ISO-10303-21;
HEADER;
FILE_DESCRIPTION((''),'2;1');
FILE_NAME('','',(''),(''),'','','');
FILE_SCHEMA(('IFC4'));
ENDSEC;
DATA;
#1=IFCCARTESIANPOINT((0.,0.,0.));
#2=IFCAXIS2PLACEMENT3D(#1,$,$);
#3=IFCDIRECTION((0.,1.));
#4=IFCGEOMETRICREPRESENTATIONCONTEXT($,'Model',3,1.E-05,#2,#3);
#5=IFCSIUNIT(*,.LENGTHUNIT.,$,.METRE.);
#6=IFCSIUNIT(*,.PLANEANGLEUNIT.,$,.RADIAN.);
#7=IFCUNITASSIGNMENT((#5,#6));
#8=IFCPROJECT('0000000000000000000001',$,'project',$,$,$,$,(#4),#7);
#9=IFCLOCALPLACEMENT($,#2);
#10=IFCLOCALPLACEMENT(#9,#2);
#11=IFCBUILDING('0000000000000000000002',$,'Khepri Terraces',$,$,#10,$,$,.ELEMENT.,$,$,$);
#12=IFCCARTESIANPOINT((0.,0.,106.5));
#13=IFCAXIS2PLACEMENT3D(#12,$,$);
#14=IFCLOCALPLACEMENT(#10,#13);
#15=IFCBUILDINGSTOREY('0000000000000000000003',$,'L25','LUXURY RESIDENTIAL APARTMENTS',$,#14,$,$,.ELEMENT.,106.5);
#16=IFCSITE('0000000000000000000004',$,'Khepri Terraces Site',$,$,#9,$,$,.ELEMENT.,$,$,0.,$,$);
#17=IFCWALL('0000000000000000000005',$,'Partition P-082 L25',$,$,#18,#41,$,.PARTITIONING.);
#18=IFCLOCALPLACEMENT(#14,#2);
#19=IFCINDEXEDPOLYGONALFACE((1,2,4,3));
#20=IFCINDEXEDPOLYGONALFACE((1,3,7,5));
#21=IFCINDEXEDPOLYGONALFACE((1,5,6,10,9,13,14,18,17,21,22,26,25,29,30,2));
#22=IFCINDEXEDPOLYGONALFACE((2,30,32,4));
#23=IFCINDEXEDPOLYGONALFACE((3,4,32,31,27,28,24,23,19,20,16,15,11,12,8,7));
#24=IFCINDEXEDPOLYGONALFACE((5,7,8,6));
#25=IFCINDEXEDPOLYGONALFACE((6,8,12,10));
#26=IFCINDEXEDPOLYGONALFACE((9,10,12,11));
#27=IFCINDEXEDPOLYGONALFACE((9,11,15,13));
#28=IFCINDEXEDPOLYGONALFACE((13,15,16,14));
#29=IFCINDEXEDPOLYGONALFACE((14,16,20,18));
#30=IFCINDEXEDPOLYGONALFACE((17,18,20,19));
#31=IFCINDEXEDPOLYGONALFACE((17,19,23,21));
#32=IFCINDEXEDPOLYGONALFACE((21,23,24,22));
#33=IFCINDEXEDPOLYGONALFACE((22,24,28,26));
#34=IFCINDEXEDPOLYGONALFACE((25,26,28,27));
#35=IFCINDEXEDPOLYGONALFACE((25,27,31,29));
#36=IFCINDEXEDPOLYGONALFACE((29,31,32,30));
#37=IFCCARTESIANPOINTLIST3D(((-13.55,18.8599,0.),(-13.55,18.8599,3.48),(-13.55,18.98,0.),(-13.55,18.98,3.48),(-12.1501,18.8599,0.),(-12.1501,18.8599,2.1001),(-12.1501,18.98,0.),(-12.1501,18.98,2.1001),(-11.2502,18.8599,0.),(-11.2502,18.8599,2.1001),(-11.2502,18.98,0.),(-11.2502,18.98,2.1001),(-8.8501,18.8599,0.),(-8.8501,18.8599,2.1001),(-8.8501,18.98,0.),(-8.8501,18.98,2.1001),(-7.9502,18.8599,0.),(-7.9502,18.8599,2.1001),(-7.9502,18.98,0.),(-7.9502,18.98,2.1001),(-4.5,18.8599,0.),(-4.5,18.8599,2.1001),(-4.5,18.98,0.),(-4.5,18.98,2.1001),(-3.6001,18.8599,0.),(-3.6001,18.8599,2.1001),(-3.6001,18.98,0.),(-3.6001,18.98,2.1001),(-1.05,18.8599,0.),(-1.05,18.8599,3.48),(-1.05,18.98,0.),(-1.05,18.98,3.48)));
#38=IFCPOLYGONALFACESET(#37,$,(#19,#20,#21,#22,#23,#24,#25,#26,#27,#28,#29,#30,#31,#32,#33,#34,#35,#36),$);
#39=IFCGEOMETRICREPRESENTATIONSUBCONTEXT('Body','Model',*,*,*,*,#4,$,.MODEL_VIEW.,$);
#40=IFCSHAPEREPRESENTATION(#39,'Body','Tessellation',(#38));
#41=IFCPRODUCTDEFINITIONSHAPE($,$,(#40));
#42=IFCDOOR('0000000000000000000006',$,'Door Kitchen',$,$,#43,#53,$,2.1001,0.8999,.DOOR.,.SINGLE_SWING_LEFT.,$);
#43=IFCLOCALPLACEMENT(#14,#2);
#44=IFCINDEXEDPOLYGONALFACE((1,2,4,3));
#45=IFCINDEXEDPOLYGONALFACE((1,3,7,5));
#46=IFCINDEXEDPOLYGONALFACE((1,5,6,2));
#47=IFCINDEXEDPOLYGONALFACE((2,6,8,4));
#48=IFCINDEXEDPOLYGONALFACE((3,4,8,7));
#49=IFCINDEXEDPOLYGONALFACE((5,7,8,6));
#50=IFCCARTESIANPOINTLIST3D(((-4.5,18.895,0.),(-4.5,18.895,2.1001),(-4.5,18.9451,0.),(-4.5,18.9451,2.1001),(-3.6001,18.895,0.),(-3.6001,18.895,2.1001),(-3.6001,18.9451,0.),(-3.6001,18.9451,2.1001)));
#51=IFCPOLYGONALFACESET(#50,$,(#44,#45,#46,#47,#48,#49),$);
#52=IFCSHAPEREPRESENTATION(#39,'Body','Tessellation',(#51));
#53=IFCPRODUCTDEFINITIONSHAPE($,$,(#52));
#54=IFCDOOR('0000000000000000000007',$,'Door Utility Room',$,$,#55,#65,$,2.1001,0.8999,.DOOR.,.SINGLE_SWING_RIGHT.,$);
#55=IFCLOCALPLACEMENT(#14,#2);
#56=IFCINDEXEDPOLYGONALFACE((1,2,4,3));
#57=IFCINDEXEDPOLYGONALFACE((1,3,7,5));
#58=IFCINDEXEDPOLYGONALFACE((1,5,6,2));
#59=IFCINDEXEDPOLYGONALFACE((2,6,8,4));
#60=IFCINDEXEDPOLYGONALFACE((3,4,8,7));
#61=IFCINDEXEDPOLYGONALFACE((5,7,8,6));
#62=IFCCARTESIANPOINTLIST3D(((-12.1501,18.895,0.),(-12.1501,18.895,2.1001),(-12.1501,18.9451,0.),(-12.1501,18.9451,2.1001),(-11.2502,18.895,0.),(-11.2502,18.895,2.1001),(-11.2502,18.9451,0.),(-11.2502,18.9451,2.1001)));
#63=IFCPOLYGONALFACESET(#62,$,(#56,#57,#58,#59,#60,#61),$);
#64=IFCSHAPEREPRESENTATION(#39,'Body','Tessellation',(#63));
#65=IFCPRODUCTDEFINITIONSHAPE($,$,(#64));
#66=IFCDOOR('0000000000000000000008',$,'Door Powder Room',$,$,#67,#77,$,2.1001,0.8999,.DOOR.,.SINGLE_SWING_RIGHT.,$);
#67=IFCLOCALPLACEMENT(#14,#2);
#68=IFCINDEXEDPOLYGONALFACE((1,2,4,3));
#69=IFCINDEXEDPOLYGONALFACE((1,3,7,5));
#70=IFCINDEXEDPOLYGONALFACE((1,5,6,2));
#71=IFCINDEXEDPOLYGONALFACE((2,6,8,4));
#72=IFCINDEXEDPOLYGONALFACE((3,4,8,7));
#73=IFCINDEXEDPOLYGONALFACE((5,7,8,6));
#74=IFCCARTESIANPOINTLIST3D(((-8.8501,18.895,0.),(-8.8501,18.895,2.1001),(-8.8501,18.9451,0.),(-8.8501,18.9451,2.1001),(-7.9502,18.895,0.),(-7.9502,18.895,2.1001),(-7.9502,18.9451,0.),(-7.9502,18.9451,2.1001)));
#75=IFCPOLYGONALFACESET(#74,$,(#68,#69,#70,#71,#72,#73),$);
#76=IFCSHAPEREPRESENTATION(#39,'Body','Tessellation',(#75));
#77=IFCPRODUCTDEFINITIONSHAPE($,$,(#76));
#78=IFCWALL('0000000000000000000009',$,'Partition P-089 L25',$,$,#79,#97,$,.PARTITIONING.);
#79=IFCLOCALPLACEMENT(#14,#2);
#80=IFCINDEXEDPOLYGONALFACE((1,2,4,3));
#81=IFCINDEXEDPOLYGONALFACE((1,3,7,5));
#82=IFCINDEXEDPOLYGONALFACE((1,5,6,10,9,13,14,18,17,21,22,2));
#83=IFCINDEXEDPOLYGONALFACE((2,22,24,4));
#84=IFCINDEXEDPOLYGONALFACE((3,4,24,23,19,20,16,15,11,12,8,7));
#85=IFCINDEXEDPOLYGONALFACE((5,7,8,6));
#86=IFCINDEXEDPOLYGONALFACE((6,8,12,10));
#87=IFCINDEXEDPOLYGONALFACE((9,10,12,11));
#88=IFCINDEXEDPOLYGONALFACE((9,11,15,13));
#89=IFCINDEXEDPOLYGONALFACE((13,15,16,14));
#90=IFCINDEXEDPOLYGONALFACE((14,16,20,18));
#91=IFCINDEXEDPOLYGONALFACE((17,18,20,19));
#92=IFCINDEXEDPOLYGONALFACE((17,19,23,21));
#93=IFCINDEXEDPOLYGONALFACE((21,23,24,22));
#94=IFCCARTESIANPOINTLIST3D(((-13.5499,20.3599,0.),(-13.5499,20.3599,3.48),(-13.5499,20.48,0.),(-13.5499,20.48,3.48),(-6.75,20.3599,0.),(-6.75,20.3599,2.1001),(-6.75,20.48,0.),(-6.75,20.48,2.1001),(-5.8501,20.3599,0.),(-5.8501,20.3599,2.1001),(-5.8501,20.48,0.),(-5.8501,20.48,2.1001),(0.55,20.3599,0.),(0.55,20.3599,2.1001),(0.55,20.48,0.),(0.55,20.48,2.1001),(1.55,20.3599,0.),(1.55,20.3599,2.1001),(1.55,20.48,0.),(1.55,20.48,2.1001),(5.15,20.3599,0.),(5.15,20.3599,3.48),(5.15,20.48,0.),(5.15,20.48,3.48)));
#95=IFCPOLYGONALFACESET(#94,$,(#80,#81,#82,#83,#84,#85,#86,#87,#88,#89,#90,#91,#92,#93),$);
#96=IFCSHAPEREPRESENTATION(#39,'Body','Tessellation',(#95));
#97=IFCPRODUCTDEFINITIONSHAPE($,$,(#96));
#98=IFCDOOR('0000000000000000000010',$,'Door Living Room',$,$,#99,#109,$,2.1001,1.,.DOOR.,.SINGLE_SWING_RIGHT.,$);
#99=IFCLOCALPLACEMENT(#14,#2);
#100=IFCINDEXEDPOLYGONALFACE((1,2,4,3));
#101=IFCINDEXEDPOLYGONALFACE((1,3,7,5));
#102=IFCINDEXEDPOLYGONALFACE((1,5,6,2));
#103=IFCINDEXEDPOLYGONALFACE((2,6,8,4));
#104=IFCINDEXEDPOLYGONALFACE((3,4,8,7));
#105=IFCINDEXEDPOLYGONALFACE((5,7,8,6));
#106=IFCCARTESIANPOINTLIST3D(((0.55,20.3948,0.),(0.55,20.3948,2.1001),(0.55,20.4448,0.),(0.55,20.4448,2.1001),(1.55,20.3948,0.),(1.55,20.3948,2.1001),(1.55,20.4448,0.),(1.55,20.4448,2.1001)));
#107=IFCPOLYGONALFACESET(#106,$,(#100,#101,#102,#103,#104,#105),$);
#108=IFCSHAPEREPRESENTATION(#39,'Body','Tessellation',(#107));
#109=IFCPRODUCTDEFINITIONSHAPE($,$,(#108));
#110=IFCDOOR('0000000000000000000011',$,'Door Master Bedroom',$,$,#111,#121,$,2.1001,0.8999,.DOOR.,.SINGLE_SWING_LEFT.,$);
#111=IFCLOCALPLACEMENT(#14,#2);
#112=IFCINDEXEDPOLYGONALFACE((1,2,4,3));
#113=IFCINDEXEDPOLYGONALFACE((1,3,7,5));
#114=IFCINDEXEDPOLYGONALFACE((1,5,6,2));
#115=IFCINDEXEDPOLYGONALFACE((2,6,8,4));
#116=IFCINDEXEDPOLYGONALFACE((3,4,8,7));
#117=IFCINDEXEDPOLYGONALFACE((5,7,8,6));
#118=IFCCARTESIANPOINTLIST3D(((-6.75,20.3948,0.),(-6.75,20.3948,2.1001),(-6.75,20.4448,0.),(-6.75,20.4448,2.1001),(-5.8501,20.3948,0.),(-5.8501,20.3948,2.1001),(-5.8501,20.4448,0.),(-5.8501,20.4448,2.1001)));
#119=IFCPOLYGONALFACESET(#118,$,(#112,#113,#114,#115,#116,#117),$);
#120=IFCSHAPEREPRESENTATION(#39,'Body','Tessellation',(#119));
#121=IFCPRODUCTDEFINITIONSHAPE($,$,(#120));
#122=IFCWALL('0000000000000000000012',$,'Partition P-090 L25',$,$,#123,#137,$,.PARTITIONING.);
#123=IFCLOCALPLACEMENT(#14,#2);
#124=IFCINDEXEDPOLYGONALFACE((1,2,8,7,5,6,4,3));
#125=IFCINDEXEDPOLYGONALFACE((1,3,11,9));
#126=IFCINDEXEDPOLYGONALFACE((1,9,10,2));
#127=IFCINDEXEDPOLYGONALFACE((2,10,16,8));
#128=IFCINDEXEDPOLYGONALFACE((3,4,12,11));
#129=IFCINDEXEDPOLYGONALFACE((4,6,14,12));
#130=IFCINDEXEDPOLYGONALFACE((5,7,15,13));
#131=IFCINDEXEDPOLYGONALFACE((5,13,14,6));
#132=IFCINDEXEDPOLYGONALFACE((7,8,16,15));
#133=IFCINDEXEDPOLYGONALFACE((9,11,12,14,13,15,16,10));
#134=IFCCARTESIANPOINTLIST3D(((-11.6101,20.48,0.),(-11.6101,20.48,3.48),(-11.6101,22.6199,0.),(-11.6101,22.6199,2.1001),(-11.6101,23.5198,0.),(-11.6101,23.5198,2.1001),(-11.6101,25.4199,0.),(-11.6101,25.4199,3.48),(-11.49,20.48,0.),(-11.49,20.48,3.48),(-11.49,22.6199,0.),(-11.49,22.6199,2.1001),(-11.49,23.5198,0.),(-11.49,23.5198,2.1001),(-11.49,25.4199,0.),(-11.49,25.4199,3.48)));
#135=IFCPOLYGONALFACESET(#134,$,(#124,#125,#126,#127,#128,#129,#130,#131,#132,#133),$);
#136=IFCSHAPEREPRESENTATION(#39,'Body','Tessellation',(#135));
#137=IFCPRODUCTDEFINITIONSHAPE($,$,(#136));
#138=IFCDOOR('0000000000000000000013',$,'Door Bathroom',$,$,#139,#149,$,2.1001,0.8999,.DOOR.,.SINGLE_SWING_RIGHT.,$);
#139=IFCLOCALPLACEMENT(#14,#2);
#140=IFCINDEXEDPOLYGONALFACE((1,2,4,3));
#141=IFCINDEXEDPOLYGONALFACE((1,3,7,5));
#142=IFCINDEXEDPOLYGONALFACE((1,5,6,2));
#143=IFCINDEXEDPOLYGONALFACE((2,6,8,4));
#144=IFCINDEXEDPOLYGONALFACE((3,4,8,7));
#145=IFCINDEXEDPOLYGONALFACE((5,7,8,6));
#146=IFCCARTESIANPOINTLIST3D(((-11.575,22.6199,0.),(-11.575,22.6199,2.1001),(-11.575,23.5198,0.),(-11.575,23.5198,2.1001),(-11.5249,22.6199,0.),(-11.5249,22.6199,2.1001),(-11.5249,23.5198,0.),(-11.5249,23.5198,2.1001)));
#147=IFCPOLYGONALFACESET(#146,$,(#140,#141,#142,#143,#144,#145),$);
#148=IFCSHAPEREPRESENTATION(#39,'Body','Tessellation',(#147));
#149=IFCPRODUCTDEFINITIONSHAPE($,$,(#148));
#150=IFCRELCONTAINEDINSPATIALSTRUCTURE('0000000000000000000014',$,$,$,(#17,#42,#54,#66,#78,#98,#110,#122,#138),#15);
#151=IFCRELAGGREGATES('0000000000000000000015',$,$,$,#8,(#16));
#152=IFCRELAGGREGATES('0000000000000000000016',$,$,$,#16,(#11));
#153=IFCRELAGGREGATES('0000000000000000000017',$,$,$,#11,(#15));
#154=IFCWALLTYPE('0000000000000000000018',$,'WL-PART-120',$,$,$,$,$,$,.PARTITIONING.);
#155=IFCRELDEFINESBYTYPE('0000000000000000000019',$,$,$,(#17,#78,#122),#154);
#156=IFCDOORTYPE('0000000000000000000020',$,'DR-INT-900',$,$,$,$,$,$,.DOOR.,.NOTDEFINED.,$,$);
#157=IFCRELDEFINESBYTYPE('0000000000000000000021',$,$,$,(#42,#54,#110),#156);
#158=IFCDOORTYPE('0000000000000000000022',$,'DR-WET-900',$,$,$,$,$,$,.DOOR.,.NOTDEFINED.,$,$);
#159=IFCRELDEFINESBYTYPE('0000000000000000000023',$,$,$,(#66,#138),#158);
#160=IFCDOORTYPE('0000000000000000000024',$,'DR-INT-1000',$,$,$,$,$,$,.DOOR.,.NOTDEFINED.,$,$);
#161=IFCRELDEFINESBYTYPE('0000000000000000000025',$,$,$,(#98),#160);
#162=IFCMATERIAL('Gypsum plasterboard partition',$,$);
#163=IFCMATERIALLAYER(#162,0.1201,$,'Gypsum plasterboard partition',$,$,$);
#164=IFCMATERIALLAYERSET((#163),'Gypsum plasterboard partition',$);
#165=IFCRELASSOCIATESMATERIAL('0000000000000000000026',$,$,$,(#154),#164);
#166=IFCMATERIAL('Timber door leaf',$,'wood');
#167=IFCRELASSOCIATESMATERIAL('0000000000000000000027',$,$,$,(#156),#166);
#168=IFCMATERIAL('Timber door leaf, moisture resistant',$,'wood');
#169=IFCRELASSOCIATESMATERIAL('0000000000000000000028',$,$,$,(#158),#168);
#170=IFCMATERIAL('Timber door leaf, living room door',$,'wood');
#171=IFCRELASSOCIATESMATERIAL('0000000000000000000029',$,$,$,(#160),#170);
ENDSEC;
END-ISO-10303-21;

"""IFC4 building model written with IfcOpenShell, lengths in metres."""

from ifc_helpers import new_model, si_unit, direction, frame, frame_2d, origin, place, context, subcontext, project, spatial, rectangle, extrude, material, layer, layer_set, type_object, element, fill, save


model = new_model("IFC4")

# Units and contexts
model_context = context("Model", 3, precision=1e-05, world=origin(), true_north=direction((0.0, 1.0)))
body_context = subcontext(model_context, "Body", "Model", "MODEL_VIEW")
ifc_project = project(units=[si_unit("LENGTHUNIT", "METRE"), si_unit("PLANEANGLEUNIT", "RADIAN")], contexts=[model_context])

# Site, building, storey
site_placement = place(None, origin())
site = spatial("IfcSite", under=ifc_project, at=site_placement, Name="Khepri Terraces Site", CompositionType="ELEMENT", RefElevation=0.0)
building_placement = place(site_placement, origin())
building = spatial("IfcBuilding", under=site, at=building_placement, Name="Khepri Terraces", CompositionType="ELEMENT")
storey_placement = place(building_placement, frame((0.0, 0.0, 106.5)))
storey = spatial("IfcBuildingStorey", under=building, at=storey_placement, Name="L25", Description="LUXURY RESIDENTIAL APARTMENTS", CompositionType="ELEMENT", Elevation=106.5)

# Shared definitions
ifc_material_1 = material(Name="Gypsum plasterboard partition")
ifc_layer_1 = layer(ifc_material_1, 0.1201, Name="Gypsum plasterboard partition")
ifc_layer_set_1 = layer_set([ifc_layer_1], Name="Gypsum plasterboard partition")
wall_type_1 = type_object("IfcWallType", Name="WL-PART-120", PredefinedType="PARTITIONING", material=ifc_layer_set_1)
ifc_material_2 = material(Name="Timber door leaf", Category="wood")
door_type_1 = type_object("IfcDoorType", Name="DR-INT-900", OperationType="NOTDEFINED", PredefinedType="DOOR", material=ifc_material_2)

# Walls, openings, doors
wall_1_placement = place(storey_placement, frame((-13.55, 18.9199, 0.0), z_axis=(0.0, 0.0, 1.0), x_axis=(1.0, 0.0, 0.0)))
wall_1 = element("IfcWall", 1, at=wall_1_placement, inside=storey, type_object=wall_type_1, Name="Partition P-082 L25", PredefinedType="PARTITIONING", context=body_context, shape_type="SweptSolid", body=[
    extrude(rectangle(XDim=12.5, YDim=0.1201, at=frame_2d((6.25, 0.0))), origin(), (0.0, 0.0, 1.0), 3.48),
])
opening_1_placement = place(wall_1_placement, frame((9.05, 0.0, 0.0)))
opening_1 = element("IfcOpeningElement", 2, at=opening_1_placement, cuts=wall_1, PredefinedType="OPENING", context=body_context, shape_type="SweptSolid", body=[
    extrude(rectangle(XDim=0.8999, YDim=2.1001, at=frame_2d((0.45, 1.05))), frame((0.0, 0.0701, 0.0), z_axis=(0.0, -1.0, 0.0), x_axis=(1.0, 0.0, 0.0)), (0.0, 0.0, 1.0), 0.1401),
])
opening_2_placement = place(wall_1_placement, frame((4.7, 0.0, 0.0)))
opening_2 = element("IfcOpeningElement", 3, at=opening_2_placement, cuts=wall_1, PredefinedType="OPENING", context=body_context, shape_type="SweptSolid", body=[
    extrude(rectangle(XDim=0.8999, YDim=2.1001, at=frame_2d((0.45, 1.05))), frame((0.0, 0.0701, 0.0), z_axis=(0.0, -1.0, 0.0), x_axis=(1.0, 0.0, 0.0)), (0.0, 0.0, 1.0), 0.1401),
])
opening_3_placement = place(wall_1_placement, frame((1.3999, 0.0, 0.0)))
opening_3 = element("IfcOpeningElement", 4, at=opening_3_placement, cuts=wall_1, PredefinedType="OPENING", context=body_context, shape_type="SweptSolid", body=[
    extrude(rectangle(XDim=0.8999, YDim=2.1001, at=frame_2d((0.45, 1.05))), frame((0.0, 0.0701, 0.0), z_axis=(0.0, -1.0, 0.0), x_axis=(1.0, 0.0, 0.0)), (0.0, 0.0, 1.0), 0.1401),
])
door_1_placement = place(opening_1_placement, frame((0.8999, 0.0, 0.0), z_axis=(0.0, 0.0, 1.0), x_axis=(-1.0, 0.0, 0.0)))
door_1 = element("IfcDoor", 5, at=door_1_placement, inside=storey, type_object=door_type_1, Name="Door Kitchen", OperationType="SINGLE_SWING_LEFT", OverallHeight=2.1001, OverallWidth=0.8999, PredefinedType="DOOR", context=body_context, shape_type="SweptSolid", body=[
    extrude(rectangle(XDim=0.8999, YDim=2.1001, at=frame_2d((0.45, 1.05))), frame((0.0, 0.0249, 0.0), z_axis=(0.0, -1.0, 0.0), x_axis=(1.0, 0.0, 0.0)), (0.0, 0.0, 1.0), 0.05),
])
fill(opening_1, door_1)
door_2_placement = place(opening_3_placement, frame((0.8999, 0.0, 0.0), z_axis=(0.0, 0.0, 1.0), x_axis=(-1.0, 0.0, 0.0)))
door_2 = element("IfcDoor", 6, at=door_2_placement, inside=storey, type_object=door_type_1, Name="Door Utility Room", OperationType="SINGLE_SWING_RIGHT", OverallHeight=2.1001, OverallWidth=0.8999, PredefinedType="DOOR", context=body_context, shape_type="SweptSolid", body=[
    extrude(rectangle(XDim=0.8999, YDim=2.1001, at=frame_2d((0.45, 1.05))), frame((0.0, 0.0249, 0.0), z_axis=(0.0, -1.0, 0.0), x_axis=(1.0, 0.0, 0.0)), (0.0, 0.0, 1.0), 0.05),
])
fill(opening_3, door_2)
ifc_material_3 = material(Name="Timber door leaf, moisture resistant", Category="wood")
door_type_2 = type_object("IfcDoorType", Name="DR-WET-900", OperationType="NOTDEFINED", PredefinedType="DOOR", material=ifc_material_3)
door_3_placement = place(opening_2_placement, frame((0.8999, 0.0, 0.0), z_axis=(0.0, 0.0, 1.0), x_axis=(-1.0, 0.0, 0.0)))
door_3 = element("IfcDoor", 7, at=door_3_placement, inside=storey, type_object=door_type_2, Name="Door Powder Room", OperationType="SINGLE_SWING_RIGHT", OverallHeight=2.1001, OverallWidth=0.8999, PredefinedType="DOOR", context=body_context, shape_type="SweptSolid", body=[
    extrude(rectangle(XDim=0.8999, YDim=2.1001, at=frame_2d((0.45, 1.05))), frame((0.0, 0.0249, 0.0), z_axis=(0.0, -1.0, 0.0), x_axis=(1.0, 0.0, 0.0)), (0.0, 0.0, 1.0), 0.05),
])
fill(opening_2, door_3)
wall_2_placement = place(storey_placement, frame((-13.55, 20.4199, 0.0), z_axis=(0.0, 0.0, 1.0), x_axis=(1.0, 0.0, 0.0)))
wall_2 = element("IfcWall", 8, at=wall_2_placement, inside=storey, type_object=wall_type_1, Name="Partition P-089 L25", PredefinedType="PARTITIONING", context=body_context, shape_type="SweptSolid", body=[
    extrude(rectangle(XDim=18.7, YDim=0.1201, at=frame_2d((9.3501, 0.0))), origin(), (0.0, 0.0, 1.0), 3.48),
])
opening_4_placement = place(wall_2_placement, frame((14.1001, 0.0, 0.0)))
opening_4 = element("IfcOpeningElement", 9, at=opening_4_placement, cuts=wall_2, PredefinedType="OPENING", context=body_context, shape_type="SweptSolid", body=[
    extrude(rectangle(XDim=1.0, YDim=2.1001, at=frame_2d((0.5, 1.05))), frame((0.0, 0.0701, 0.0), z_axis=(0.0, -1.0, 0.0), x_axis=(1.0, 0.0, 0.0)), (0.0, 0.0, 1.0), 0.1401),
])
opening_5_placement = place(wall_2_placement, frame((6.8, 0.0, 0.0)))
opening_5 = element("IfcOpeningElement", 10, at=opening_5_placement, cuts=wall_2, PredefinedType="OPENING", context=body_context, shape_type="SweptSolid", body=[
    extrude(rectangle(XDim=0.8999, YDim=2.1001, at=frame_2d((0.45, 1.05))), frame((0.0, 0.0701, 0.0), z_axis=(0.0, -1.0, 0.0), x_axis=(1.0, 0.0, 0.0)), (0.0, 0.0, 1.0), 0.1401),
])
ifc_material_4 = material(Name="Timber door leaf, living room door", Category="wood")
door_type_3 = type_object("IfcDoorType", Name="DR-INT-1000", OperationType="NOTDEFINED", PredefinedType="DOOR", material=ifc_material_4)
door_4_placement = place(opening_4_placement, origin())
door_4 = element("IfcDoor", 11, at=door_4_placement, inside=storey, type_object=door_type_3, Name="Door Living Room", OperationType="SINGLE_SWING_RIGHT", OverallHeight=2.1001, OverallWidth=1.0, PredefinedType="DOOR", context=body_context, shape_type="SweptSolid", body=[
    extrude(rectangle(XDim=1.0, YDim=2.1001, at=frame_2d((0.5, 1.05))), frame((0.0, 0.0249, 0.0), z_axis=(0.0, -1.0, 0.0), x_axis=(1.0, 0.0, 0.0)), (0.0, 0.0, 1.0), 0.05),
])
fill(opening_4, door_4)
door_5_placement = place(opening_5_placement, origin())
door_5 = element("IfcDoor", 12, at=door_5_placement, inside=storey, type_object=door_type_1, Name="Door Master Bedroom", OperationType="SINGLE_SWING_LEFT", OverallHeight=2.1001, OverallWidth=0.8999, PredefinedType="DOOR", context=body_context, shape_type="SweptSolid", body=[
    extrude(rectangle(XDim=0.8999, YDim=2.1001, at=frame_2d((0.45, 1.05))), frame((0.0, 0.0249, 0.0), z_axis=(0.0, -1.0, 0.0), x_axis=(1.0, 0.0, 0.0)), (0.0, 0.0, 1.0), 0.05),
])
fill(opening_5, door_5)

# Wall, opening, door
wall_3_placement = place(storey_placement, frame((-11.55, 20.48, 0.0), z_axis=(0.0, 0.0, 1.0), x_axis=(0.0, 1.0, 0.0)))
wall_3 = element("IfcWall", 13, at=wall_3_placement, inside=storey, type_object=wall_type_1, Name="Partition P-090 L25", PredefinedType="PARTITIONING", context=body_context, shape_type="SweptSolid", body=[
    extrude(rectangle(XDim=4.9399, YDim=0.1201, at=frame_2d((2.47, 0.0))), origin(), (0.0, 0.0, 1.0), 3.48),
])
opening_6_placement = place(wall_3_placement, frame((2.1399, 0.0, 0.0)))
opening_6 = element("IfcOpeningElement", 14, at=opening_6_placement, cuts=wall_3, PredefinedType="OPENING", context=body_context, shape_type="SweptSolid", body=[
    extrude(rectangle(XDim=0.8999, YDim=2.1001, at=frame_2d((0.45, 1.05))), frame((0.0, 0.0701, 0.0), z_axis=(0.0, -1.0, 0.0), x_axis=(1.0, 0.0, 0.0)), (0.0, 0.0, 1.0), 0.1401),
])
door_6_placement = place(opening_6_placement, origin())
door_6 = element("IfcDoor", 15, at=door_6_placement, inside=storey, type_object=door_type_2, Name="Door Bathroom", OperationType="SINGLE_SWING_RIGHT", OverallHeight=2.1001, OverallWidth=0.8999, PredefinedType="DOOR", context=body_context, shape_type="SweptSolid", body=[
    extrude(rectangle(XDim=0.8999, YDim=2.1001, at=frame_2d((0.45, 1.05))), frame((0.0, 0.0249, 0.0), z_axis=(0.0, -1.0, 0.0), x_axis=(1.0, 0.0, 0.0)), (0.0, 0.0, 1.0), 0.05),
])
fill(opening_6, door_6)

save(model, "model.ifc")
